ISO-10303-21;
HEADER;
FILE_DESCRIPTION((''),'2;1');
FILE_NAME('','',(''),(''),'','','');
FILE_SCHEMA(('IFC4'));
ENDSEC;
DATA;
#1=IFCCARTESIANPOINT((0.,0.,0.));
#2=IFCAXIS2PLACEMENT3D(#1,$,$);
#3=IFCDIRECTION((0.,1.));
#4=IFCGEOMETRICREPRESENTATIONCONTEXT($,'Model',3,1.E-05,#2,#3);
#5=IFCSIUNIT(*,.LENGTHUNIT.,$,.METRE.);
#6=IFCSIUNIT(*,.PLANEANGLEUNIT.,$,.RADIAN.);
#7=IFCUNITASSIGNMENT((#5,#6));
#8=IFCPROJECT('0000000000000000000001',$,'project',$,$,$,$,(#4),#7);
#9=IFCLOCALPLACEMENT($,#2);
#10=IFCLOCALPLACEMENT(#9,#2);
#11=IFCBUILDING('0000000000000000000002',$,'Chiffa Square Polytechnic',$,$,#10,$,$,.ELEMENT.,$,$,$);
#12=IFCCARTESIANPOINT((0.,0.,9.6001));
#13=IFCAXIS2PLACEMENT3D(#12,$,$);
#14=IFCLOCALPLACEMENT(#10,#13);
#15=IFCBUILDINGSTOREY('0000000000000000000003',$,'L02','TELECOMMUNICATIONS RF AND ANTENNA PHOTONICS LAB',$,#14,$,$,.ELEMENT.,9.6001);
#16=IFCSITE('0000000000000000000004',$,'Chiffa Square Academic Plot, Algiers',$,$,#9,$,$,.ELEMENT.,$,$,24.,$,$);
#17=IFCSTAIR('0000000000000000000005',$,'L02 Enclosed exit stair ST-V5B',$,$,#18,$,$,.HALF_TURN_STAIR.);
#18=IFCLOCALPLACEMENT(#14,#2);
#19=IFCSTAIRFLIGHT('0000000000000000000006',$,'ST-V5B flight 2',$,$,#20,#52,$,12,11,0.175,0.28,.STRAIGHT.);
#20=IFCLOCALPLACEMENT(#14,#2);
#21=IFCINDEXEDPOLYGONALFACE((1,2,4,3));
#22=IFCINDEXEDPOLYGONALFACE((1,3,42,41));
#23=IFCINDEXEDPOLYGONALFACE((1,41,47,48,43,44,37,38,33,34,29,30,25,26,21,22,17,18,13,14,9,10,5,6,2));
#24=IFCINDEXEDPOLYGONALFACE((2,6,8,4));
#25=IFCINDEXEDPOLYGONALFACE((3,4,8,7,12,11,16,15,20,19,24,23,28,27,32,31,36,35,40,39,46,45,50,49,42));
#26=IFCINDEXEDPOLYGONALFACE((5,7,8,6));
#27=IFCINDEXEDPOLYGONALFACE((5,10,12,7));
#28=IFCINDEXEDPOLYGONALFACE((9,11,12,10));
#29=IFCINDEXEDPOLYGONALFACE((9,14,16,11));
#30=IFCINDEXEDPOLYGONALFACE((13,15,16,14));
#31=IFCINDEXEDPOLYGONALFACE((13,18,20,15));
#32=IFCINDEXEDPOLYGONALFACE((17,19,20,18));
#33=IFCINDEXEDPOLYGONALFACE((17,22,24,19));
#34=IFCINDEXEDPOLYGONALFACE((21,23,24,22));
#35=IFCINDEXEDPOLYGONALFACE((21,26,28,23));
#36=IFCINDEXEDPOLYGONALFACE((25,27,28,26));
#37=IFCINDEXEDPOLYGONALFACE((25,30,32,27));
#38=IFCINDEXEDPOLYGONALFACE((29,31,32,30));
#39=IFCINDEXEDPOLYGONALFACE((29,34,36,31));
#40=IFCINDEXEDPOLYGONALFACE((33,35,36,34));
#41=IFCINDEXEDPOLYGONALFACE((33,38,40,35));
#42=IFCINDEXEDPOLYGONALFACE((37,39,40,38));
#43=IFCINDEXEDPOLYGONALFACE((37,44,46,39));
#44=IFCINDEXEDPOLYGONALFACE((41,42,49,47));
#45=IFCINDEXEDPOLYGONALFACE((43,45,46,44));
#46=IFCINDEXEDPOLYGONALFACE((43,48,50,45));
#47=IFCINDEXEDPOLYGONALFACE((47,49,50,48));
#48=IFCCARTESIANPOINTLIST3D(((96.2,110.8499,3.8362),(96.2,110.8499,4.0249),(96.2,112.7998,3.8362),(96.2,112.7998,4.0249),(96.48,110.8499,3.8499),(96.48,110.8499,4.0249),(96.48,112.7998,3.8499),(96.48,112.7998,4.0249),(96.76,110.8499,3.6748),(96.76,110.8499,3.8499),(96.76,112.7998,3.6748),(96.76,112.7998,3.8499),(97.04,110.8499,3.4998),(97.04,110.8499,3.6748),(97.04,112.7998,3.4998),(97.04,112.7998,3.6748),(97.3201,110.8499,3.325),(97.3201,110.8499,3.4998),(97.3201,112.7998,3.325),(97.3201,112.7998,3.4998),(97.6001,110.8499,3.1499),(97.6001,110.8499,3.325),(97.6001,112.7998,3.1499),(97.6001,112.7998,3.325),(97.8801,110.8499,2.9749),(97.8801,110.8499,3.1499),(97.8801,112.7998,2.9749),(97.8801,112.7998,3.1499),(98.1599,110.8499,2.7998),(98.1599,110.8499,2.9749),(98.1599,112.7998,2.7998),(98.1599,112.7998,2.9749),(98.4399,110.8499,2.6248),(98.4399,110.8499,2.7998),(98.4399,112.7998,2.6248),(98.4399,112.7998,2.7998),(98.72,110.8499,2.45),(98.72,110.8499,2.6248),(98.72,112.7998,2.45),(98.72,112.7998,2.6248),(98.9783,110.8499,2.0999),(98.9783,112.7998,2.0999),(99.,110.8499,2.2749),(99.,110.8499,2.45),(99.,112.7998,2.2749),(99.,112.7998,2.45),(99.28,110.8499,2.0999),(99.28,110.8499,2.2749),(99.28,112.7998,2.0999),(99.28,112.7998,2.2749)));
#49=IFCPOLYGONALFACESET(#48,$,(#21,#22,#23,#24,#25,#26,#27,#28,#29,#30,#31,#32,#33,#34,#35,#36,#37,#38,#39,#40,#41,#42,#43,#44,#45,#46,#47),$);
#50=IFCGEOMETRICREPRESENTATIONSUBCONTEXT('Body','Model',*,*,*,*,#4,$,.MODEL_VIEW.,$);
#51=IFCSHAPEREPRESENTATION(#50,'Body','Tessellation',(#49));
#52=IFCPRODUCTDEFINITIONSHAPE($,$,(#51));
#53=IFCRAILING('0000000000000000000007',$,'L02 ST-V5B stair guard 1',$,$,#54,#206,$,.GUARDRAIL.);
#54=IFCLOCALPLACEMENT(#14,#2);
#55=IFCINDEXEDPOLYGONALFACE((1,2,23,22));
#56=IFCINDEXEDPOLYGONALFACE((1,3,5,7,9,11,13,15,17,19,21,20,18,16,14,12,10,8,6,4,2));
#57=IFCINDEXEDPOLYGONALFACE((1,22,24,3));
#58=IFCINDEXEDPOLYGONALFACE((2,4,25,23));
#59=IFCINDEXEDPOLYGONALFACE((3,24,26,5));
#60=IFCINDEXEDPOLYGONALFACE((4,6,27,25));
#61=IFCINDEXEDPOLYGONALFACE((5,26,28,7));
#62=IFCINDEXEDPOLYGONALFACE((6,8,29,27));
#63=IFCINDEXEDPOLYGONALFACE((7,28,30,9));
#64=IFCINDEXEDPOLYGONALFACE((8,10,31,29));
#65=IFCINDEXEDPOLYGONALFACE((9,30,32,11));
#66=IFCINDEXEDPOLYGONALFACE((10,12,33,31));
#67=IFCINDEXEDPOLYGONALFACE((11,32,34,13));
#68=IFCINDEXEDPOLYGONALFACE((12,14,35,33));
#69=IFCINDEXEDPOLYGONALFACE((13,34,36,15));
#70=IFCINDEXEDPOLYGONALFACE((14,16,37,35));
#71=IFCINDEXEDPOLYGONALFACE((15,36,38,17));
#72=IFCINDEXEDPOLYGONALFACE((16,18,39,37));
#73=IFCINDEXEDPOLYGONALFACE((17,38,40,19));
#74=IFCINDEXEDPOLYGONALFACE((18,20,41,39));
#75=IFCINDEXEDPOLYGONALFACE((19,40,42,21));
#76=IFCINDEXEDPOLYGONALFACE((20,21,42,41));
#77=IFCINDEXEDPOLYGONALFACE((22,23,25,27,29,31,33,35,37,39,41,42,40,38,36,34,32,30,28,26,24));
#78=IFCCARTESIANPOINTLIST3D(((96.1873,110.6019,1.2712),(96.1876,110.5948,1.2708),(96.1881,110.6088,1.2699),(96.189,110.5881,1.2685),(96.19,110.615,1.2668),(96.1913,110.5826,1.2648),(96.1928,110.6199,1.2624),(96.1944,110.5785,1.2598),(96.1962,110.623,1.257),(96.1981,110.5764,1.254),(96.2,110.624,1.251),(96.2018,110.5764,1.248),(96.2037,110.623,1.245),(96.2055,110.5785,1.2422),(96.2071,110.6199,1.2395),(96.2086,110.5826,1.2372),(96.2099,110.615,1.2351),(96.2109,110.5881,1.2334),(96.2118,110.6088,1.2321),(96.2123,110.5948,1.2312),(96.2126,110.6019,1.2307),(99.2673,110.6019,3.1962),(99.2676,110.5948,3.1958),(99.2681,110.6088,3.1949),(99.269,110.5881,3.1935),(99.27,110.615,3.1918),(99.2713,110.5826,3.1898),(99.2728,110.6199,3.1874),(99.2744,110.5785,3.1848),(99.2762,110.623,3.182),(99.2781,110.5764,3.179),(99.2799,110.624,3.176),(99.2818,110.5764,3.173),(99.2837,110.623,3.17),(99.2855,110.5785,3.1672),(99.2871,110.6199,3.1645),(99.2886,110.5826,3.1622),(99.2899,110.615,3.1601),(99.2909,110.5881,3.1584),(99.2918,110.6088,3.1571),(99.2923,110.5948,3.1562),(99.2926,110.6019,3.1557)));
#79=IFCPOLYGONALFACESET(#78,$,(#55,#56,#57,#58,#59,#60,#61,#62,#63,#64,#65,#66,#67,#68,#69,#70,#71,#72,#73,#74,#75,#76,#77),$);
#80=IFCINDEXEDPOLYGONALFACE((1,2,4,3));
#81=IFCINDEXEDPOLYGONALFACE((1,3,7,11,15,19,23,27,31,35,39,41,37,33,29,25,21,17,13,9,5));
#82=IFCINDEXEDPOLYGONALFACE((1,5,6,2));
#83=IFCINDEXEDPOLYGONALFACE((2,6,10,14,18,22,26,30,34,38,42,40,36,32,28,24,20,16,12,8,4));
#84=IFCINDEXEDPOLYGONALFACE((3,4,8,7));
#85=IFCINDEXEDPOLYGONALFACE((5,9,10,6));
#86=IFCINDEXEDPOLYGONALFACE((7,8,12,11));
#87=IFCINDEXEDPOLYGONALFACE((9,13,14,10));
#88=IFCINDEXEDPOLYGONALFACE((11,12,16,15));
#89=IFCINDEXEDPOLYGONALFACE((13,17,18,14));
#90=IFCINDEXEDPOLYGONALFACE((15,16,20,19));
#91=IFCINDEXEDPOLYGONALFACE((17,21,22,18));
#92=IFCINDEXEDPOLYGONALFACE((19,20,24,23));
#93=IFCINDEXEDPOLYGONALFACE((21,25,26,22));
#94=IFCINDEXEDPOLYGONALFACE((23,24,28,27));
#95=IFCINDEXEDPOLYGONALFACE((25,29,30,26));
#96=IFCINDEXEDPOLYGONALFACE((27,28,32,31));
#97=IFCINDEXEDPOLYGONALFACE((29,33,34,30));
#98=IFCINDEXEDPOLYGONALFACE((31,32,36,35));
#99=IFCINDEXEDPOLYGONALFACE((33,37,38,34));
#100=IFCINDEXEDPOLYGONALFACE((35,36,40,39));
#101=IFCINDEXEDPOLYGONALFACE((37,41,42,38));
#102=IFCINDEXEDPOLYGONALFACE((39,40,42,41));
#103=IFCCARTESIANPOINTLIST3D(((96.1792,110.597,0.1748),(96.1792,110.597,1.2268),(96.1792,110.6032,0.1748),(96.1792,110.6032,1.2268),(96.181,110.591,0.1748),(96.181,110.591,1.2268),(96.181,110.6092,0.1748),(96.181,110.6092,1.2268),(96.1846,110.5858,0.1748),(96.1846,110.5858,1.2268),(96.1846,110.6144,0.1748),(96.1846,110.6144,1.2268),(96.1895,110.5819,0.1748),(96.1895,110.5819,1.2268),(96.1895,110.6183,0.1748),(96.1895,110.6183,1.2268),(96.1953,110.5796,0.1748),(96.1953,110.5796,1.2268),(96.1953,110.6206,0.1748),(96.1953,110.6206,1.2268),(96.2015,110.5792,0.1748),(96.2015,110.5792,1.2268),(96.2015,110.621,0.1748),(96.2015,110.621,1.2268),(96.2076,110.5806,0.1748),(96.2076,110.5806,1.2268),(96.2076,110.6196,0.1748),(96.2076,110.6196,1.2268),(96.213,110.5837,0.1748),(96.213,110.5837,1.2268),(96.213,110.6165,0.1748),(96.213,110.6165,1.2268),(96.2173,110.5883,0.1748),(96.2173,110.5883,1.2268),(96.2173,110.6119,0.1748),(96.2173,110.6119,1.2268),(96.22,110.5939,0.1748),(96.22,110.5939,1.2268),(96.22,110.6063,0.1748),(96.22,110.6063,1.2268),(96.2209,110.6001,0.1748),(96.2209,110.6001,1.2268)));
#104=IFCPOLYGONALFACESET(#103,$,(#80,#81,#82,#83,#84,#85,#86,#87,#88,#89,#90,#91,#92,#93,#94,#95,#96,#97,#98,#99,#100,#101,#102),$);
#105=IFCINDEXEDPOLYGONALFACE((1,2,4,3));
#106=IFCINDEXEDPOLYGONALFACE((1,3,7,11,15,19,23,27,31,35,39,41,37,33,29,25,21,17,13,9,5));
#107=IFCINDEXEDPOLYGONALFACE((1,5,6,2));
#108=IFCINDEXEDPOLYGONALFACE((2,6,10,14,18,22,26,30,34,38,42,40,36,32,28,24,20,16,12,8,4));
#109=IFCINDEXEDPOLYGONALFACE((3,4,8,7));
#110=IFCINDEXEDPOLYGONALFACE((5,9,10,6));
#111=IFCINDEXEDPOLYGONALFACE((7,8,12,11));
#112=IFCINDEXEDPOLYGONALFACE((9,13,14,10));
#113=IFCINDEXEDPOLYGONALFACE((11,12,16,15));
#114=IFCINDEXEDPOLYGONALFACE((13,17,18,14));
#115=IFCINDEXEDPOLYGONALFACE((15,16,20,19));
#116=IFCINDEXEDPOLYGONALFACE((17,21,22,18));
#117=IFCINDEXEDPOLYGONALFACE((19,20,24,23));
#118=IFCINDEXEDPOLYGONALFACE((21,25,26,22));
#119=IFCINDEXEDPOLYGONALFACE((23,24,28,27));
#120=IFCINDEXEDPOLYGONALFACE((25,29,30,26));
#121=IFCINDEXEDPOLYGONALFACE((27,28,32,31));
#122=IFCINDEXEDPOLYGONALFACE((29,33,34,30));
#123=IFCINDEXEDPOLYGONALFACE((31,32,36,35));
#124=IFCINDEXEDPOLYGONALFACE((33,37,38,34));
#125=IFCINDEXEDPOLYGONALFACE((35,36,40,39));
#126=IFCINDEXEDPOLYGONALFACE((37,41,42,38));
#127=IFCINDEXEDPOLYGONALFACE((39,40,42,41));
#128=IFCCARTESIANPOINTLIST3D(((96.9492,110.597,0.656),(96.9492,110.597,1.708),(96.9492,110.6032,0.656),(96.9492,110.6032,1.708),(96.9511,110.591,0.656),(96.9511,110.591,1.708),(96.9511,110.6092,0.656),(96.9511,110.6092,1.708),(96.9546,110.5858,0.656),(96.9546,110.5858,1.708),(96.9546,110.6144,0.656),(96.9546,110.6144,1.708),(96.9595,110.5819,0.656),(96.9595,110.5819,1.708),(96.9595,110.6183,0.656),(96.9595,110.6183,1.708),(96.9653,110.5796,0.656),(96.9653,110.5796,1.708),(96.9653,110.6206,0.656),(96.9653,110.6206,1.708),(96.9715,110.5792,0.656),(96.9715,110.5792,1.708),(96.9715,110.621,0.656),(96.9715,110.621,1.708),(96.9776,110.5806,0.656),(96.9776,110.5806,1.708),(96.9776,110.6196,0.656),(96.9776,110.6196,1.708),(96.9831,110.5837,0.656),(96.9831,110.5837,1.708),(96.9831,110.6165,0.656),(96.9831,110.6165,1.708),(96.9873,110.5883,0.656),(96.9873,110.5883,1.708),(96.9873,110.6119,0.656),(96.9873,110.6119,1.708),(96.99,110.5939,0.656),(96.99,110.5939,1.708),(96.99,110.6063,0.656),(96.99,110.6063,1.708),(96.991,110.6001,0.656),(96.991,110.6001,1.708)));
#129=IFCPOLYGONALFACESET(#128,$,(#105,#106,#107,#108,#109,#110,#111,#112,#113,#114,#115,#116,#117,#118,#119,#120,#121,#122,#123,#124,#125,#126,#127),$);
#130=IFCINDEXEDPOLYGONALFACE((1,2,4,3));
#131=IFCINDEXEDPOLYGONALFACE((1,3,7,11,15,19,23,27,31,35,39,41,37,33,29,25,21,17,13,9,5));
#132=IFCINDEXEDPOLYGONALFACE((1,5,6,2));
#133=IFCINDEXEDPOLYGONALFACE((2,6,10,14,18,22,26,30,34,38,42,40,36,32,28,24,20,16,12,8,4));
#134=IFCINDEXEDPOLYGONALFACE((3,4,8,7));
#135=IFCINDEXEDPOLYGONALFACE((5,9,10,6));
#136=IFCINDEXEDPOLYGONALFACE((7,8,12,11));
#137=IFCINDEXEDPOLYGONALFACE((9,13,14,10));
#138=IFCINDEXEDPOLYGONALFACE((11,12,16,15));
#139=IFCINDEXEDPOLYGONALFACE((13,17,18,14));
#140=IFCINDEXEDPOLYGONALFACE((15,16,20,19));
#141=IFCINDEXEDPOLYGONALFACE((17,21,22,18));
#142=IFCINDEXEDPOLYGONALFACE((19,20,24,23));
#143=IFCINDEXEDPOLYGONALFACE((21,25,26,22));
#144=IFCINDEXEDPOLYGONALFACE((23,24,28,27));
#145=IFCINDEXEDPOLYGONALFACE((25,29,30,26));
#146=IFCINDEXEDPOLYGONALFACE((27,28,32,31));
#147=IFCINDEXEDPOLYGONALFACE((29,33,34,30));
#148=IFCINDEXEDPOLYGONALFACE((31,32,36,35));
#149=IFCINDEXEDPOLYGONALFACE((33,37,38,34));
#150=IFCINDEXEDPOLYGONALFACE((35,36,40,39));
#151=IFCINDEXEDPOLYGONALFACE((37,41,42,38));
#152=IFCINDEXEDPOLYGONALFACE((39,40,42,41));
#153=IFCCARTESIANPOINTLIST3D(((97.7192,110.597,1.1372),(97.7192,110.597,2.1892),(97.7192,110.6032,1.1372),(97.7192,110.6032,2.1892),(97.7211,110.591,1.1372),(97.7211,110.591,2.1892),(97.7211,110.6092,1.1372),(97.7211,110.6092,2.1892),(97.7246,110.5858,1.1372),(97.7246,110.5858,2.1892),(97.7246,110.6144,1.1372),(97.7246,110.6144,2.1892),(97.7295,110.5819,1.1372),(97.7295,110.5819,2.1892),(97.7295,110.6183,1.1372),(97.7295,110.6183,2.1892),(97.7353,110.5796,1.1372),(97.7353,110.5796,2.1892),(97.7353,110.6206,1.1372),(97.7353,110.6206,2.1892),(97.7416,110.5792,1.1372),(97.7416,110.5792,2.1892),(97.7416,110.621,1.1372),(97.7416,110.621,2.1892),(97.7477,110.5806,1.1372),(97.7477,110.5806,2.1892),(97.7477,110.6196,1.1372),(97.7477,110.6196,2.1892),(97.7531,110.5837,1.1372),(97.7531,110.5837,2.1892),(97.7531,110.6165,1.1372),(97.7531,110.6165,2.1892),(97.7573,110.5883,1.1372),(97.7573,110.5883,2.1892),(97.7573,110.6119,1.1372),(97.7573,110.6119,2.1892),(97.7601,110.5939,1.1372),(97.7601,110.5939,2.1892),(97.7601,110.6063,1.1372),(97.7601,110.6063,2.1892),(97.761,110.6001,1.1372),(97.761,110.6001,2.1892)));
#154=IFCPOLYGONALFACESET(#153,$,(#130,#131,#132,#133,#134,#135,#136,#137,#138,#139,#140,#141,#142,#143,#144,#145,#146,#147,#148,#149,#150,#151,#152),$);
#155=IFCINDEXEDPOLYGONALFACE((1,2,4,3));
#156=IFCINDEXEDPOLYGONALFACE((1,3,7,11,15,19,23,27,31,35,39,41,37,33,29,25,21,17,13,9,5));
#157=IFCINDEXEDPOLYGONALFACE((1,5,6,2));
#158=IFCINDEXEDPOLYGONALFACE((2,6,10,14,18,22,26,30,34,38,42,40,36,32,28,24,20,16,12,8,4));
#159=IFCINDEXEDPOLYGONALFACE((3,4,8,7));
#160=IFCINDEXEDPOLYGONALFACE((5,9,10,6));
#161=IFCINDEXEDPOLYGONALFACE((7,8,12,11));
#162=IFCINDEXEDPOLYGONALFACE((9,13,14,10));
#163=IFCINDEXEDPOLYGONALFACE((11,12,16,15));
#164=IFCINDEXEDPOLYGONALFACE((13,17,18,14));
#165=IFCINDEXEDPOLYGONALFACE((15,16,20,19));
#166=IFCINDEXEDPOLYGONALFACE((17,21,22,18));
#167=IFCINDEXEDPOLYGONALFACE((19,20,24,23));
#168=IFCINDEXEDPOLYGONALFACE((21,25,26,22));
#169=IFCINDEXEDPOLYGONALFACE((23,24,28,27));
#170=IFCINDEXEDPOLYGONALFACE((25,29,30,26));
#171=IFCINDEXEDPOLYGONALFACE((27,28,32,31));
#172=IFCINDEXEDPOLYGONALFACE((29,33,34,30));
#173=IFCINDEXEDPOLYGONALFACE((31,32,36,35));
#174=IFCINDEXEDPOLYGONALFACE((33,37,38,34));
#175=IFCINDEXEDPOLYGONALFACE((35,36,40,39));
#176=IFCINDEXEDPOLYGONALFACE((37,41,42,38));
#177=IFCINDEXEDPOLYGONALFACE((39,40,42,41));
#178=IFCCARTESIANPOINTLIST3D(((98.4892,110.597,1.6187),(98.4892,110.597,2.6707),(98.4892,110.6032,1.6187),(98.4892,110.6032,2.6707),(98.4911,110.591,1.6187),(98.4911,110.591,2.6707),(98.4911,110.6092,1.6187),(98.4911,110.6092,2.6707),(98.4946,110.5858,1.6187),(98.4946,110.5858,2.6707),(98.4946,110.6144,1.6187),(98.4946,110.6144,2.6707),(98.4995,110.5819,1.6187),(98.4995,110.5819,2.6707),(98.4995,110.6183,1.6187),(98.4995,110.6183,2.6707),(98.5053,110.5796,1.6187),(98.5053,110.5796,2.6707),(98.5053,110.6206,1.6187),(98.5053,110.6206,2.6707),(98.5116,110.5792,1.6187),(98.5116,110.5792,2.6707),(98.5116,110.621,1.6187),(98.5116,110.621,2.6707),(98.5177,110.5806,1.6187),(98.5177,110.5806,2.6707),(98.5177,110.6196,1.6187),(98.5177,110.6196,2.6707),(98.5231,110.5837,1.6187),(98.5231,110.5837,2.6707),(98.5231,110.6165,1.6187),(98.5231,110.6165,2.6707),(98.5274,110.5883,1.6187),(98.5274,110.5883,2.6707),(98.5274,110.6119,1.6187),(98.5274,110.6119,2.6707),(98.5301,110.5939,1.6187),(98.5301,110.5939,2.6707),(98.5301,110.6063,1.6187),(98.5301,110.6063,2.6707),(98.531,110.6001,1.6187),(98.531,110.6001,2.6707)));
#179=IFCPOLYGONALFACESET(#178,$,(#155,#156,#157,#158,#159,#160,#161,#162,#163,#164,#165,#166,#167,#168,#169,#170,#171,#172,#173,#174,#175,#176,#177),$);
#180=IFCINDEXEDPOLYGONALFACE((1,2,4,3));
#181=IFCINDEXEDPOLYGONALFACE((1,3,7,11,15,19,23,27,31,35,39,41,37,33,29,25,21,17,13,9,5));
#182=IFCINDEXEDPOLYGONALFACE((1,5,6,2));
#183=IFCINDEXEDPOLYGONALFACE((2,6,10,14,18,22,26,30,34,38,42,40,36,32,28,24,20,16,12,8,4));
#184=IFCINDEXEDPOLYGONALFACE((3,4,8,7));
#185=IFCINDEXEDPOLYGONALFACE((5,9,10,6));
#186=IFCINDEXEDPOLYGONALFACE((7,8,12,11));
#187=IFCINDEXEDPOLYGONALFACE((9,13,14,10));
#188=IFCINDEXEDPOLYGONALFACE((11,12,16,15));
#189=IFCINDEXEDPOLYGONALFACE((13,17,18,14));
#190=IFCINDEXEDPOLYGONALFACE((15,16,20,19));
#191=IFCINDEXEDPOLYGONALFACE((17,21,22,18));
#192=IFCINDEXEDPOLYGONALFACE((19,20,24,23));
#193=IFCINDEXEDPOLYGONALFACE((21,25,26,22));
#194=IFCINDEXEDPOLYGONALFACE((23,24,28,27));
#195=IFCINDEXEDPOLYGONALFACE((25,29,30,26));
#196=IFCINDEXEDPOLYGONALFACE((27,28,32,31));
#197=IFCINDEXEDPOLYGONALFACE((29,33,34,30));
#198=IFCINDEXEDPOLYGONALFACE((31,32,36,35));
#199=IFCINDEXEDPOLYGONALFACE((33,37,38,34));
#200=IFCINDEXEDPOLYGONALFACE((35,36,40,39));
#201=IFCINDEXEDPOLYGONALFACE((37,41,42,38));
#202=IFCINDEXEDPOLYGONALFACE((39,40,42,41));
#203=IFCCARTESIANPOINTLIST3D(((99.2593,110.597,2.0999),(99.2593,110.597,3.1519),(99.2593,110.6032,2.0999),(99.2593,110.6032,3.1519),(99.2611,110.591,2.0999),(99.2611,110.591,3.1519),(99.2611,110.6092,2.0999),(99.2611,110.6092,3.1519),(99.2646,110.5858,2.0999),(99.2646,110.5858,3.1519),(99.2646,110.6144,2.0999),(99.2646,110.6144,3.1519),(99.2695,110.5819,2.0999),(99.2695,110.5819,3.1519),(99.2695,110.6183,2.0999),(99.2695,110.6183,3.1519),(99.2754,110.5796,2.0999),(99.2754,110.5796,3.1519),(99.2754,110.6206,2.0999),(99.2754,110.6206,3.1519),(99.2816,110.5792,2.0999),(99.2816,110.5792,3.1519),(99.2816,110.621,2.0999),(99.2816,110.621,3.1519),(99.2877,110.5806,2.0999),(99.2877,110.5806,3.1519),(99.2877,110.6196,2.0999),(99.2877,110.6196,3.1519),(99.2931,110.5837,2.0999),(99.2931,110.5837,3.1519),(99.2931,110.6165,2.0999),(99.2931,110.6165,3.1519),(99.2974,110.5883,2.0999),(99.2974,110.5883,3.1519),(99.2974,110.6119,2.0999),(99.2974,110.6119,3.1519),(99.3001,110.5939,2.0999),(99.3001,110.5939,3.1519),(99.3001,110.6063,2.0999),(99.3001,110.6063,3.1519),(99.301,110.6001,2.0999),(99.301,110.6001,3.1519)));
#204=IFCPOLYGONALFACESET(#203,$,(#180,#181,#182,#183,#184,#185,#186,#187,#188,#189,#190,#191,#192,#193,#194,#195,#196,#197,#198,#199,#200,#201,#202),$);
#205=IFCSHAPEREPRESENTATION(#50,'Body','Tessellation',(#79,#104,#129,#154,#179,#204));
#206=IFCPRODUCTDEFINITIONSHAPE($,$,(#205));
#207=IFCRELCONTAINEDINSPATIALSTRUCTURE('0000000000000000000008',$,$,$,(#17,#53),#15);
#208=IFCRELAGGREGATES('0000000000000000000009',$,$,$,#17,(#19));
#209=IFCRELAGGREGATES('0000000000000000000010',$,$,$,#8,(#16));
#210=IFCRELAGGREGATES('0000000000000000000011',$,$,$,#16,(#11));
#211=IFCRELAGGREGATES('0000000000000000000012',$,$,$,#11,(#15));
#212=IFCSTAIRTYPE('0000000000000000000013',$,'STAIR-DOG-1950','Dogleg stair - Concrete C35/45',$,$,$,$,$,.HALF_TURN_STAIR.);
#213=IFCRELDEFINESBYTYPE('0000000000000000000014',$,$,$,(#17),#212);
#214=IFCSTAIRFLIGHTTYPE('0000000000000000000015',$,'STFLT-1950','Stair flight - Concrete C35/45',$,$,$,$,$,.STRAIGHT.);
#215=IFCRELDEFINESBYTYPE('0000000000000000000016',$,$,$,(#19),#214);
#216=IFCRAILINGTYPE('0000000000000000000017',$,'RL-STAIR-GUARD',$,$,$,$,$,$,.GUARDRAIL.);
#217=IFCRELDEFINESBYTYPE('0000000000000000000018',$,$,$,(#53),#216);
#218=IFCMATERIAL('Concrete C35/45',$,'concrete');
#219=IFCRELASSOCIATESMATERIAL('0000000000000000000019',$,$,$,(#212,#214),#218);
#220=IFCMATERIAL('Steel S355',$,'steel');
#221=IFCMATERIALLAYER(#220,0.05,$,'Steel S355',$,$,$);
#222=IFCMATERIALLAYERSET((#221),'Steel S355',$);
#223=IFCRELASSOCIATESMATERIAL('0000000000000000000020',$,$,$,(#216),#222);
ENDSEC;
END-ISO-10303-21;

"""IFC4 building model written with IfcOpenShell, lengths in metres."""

from ifc_helpers import new_model, si_unit, direction, frame, origin, origin_2d, place, context, subcontext, project, spatial, polyline, circle, outline, extrude, material, layer, layer_set, type_object, element, aggregate, save


model = new_model("IFC4")

# Units and contexts
model_context = context("Model", 3, precision=1e-05, world=origin(), true_north=direction((0.0, 1.0)))
body_context = subcontext(model_context, "Body", "Model", "MODEL_VIEW")
ifc_project = project(units=[si_unit("LENGTHUNIT", "METRE"), si_unit("PLANEANGLEUNIT", "RADIAN")], contexts=[model_context])

# Site, building, storey
site_placement = place(None, origin())
site = spatial("IfcSite", under=ifc_project, at=site_placement, Name="Chiffa Square Academic Plot, Algiers", CompositionType="ELEMENT", RefElevation=24.0)
building_placement = place(site_placement, origin())
building = spatial("IfcBuilding", under=site, at=building_placement, Name="Chiffa Square Polytechnic", CompositionType="ELEMENT")
storey_placement = place(building_placement, frame((0.0, 0.0, 9.6001)))
storey = spatial("IfcBuildingStorey", under=building, at=storey_placement, Name="L02", Description="TELECOMMUNICATIONS RF AND ANTENNA PHOTONICS LAB", CompositionType="ELEMENT", Elevation=9.6001)

# Shared definitions
ifc_material_1 = material(Name="Concrete C35/45", Category="concrete")

# Stair, stair flight
stair_type = type_object("IfcStairType", Name="STAIR-DOG-1950", Description="Dogleg stair - Concrete C35/45", PredefinedType="HALF_TURN_STAIR", material=ifc_material_1)
stair_placement = place(storey_placement, origin())
stair = element("IfcStair", 1, at=stair_placement, inside=storey, type_object=stair_type, Name="L02 Enclosed exit stair ST-V5B", PredefinedType="HALF_TURN_STAIR")
stair_flight_type = type_object("IfcStairFlightType", Name="STFLT-1950", Description="Stair flight - Concrete C35/45", PredefinedType="STRAIGHT", material=ifc_material_1)
stair_flight_1_placement = place(storey_placement, frame((99.28, 111.825, 2.0999), z_axis=(0.0, 0.0, 1.0), x_axis=(-1.0, 0.0, 0.0)))
stair_flight_1 = element("IfcStairFlight", 2, at=stair_flight_1_placement, type_object=stair_flight_type, Name="ST-V5B flight 2", NumberOfRisers=12, NumberOfTreads=11, PredefinedType="STRAIGHT", RiserHeight=0.175, TreadLength=0.28, context=body_context, shape_type="SweptSolid", body=[
    extrude(outline(polyline([(0.0, 0.0), (0.0, 0.175), (0.28, 0.175), (0.28, 0.3501), (0.5601, 0.3501), (0.5601, 0.5249), (0.8401, 0.5249), (0.8401, 0.7), (1.1201, 0.7), (1.1201, 0.875), (1.3999, 0.875), (1.3999, 1.05), (1.6799, 1.05), (1.6799, 1.2251), (1.96, 1.2251), (1.96, 1.3999), (2.24, 1.3999), (2.24, 1.575), (2.52, 1.575), (2.52, 1.75), (2.8, 1.75), (2.8, 1.925), (3.0801, 1.925), (3.0801, 2.1001), (3.0801, 1.7363), (0.3018, 0.0), (0.0, 0.0)])), frame((0.0, 0.9751, 0.0), z_axis=(0.0, -1.0, 0.0), x_axis=(1.0, 0.0, 0.0)), (0.0, 0.0, 1.0), 1.95),
])
aggregate(stair, [stair_flight_1])

# Railing
ifc_material_2 = material(Name="Steel S355", Category="steel")
ifc_layer_1 = layer(ifc_material_2, 0.05, Name="Steel S355")
ifc_layer_set_1 = layer_set([ifc_layer_1], Name="Steel S355")
railing_type_1 = type_object("IfcRailingType", Name="RL-STAIR-GUARD", PredefinedType="GUARDRAIL", material=ifc_layer_set_1)
railing_1_placement = place(storey_placement, frame((96.2, 110.6001, 0.1748)))
element("IfcRailing", 3, at=railing_1_placement, inside=storey, type_object=railing_type_1, Name="L02 ST-V5B stair guard 1", PredefinedType="GUARDRAIL", context=body_context, shape_type="SweptSolid", body=[
    extrude(circle(Radius=0.0239, at=origin_2d()), frame((0.0, 0.0, 1.0762), z_axis=(0.847998, 0.0, 0.529999), x_axis=(0.0, 1.0, 0.0)), (0.0, 0.0, 1.0), 3.6321),
    extrude(circle(Radius=0.021, at=origin_2d()), origin(), (0.0, 0.0, 1.0), 1.052),
    extrude(circle(Radius=0.021, at=origin_2d()), frame((0.77, 0.0, 0.4812)), (0.0, 0.0, 1.0), 1.052),
    extrude(circle(Radius=0.021, at=origin_2d()), frame((1.54, 0.0, 0.9624)), (0.0, 0.0, 1.0), 1.052),
    extrude(circle(Radius=0.021, at=origin_2d()), frame((2.3101, 0.0, 1.4438)), (0.0, 0.0, 1.0), 1.052),
    extrude(circle(Radius=0.021, at=origin_2d()), frame((3.0801, 0.0, 1.925)), (0.0, 0.0, 1.0), 1.052),
])

save(model, "model.ifc")
